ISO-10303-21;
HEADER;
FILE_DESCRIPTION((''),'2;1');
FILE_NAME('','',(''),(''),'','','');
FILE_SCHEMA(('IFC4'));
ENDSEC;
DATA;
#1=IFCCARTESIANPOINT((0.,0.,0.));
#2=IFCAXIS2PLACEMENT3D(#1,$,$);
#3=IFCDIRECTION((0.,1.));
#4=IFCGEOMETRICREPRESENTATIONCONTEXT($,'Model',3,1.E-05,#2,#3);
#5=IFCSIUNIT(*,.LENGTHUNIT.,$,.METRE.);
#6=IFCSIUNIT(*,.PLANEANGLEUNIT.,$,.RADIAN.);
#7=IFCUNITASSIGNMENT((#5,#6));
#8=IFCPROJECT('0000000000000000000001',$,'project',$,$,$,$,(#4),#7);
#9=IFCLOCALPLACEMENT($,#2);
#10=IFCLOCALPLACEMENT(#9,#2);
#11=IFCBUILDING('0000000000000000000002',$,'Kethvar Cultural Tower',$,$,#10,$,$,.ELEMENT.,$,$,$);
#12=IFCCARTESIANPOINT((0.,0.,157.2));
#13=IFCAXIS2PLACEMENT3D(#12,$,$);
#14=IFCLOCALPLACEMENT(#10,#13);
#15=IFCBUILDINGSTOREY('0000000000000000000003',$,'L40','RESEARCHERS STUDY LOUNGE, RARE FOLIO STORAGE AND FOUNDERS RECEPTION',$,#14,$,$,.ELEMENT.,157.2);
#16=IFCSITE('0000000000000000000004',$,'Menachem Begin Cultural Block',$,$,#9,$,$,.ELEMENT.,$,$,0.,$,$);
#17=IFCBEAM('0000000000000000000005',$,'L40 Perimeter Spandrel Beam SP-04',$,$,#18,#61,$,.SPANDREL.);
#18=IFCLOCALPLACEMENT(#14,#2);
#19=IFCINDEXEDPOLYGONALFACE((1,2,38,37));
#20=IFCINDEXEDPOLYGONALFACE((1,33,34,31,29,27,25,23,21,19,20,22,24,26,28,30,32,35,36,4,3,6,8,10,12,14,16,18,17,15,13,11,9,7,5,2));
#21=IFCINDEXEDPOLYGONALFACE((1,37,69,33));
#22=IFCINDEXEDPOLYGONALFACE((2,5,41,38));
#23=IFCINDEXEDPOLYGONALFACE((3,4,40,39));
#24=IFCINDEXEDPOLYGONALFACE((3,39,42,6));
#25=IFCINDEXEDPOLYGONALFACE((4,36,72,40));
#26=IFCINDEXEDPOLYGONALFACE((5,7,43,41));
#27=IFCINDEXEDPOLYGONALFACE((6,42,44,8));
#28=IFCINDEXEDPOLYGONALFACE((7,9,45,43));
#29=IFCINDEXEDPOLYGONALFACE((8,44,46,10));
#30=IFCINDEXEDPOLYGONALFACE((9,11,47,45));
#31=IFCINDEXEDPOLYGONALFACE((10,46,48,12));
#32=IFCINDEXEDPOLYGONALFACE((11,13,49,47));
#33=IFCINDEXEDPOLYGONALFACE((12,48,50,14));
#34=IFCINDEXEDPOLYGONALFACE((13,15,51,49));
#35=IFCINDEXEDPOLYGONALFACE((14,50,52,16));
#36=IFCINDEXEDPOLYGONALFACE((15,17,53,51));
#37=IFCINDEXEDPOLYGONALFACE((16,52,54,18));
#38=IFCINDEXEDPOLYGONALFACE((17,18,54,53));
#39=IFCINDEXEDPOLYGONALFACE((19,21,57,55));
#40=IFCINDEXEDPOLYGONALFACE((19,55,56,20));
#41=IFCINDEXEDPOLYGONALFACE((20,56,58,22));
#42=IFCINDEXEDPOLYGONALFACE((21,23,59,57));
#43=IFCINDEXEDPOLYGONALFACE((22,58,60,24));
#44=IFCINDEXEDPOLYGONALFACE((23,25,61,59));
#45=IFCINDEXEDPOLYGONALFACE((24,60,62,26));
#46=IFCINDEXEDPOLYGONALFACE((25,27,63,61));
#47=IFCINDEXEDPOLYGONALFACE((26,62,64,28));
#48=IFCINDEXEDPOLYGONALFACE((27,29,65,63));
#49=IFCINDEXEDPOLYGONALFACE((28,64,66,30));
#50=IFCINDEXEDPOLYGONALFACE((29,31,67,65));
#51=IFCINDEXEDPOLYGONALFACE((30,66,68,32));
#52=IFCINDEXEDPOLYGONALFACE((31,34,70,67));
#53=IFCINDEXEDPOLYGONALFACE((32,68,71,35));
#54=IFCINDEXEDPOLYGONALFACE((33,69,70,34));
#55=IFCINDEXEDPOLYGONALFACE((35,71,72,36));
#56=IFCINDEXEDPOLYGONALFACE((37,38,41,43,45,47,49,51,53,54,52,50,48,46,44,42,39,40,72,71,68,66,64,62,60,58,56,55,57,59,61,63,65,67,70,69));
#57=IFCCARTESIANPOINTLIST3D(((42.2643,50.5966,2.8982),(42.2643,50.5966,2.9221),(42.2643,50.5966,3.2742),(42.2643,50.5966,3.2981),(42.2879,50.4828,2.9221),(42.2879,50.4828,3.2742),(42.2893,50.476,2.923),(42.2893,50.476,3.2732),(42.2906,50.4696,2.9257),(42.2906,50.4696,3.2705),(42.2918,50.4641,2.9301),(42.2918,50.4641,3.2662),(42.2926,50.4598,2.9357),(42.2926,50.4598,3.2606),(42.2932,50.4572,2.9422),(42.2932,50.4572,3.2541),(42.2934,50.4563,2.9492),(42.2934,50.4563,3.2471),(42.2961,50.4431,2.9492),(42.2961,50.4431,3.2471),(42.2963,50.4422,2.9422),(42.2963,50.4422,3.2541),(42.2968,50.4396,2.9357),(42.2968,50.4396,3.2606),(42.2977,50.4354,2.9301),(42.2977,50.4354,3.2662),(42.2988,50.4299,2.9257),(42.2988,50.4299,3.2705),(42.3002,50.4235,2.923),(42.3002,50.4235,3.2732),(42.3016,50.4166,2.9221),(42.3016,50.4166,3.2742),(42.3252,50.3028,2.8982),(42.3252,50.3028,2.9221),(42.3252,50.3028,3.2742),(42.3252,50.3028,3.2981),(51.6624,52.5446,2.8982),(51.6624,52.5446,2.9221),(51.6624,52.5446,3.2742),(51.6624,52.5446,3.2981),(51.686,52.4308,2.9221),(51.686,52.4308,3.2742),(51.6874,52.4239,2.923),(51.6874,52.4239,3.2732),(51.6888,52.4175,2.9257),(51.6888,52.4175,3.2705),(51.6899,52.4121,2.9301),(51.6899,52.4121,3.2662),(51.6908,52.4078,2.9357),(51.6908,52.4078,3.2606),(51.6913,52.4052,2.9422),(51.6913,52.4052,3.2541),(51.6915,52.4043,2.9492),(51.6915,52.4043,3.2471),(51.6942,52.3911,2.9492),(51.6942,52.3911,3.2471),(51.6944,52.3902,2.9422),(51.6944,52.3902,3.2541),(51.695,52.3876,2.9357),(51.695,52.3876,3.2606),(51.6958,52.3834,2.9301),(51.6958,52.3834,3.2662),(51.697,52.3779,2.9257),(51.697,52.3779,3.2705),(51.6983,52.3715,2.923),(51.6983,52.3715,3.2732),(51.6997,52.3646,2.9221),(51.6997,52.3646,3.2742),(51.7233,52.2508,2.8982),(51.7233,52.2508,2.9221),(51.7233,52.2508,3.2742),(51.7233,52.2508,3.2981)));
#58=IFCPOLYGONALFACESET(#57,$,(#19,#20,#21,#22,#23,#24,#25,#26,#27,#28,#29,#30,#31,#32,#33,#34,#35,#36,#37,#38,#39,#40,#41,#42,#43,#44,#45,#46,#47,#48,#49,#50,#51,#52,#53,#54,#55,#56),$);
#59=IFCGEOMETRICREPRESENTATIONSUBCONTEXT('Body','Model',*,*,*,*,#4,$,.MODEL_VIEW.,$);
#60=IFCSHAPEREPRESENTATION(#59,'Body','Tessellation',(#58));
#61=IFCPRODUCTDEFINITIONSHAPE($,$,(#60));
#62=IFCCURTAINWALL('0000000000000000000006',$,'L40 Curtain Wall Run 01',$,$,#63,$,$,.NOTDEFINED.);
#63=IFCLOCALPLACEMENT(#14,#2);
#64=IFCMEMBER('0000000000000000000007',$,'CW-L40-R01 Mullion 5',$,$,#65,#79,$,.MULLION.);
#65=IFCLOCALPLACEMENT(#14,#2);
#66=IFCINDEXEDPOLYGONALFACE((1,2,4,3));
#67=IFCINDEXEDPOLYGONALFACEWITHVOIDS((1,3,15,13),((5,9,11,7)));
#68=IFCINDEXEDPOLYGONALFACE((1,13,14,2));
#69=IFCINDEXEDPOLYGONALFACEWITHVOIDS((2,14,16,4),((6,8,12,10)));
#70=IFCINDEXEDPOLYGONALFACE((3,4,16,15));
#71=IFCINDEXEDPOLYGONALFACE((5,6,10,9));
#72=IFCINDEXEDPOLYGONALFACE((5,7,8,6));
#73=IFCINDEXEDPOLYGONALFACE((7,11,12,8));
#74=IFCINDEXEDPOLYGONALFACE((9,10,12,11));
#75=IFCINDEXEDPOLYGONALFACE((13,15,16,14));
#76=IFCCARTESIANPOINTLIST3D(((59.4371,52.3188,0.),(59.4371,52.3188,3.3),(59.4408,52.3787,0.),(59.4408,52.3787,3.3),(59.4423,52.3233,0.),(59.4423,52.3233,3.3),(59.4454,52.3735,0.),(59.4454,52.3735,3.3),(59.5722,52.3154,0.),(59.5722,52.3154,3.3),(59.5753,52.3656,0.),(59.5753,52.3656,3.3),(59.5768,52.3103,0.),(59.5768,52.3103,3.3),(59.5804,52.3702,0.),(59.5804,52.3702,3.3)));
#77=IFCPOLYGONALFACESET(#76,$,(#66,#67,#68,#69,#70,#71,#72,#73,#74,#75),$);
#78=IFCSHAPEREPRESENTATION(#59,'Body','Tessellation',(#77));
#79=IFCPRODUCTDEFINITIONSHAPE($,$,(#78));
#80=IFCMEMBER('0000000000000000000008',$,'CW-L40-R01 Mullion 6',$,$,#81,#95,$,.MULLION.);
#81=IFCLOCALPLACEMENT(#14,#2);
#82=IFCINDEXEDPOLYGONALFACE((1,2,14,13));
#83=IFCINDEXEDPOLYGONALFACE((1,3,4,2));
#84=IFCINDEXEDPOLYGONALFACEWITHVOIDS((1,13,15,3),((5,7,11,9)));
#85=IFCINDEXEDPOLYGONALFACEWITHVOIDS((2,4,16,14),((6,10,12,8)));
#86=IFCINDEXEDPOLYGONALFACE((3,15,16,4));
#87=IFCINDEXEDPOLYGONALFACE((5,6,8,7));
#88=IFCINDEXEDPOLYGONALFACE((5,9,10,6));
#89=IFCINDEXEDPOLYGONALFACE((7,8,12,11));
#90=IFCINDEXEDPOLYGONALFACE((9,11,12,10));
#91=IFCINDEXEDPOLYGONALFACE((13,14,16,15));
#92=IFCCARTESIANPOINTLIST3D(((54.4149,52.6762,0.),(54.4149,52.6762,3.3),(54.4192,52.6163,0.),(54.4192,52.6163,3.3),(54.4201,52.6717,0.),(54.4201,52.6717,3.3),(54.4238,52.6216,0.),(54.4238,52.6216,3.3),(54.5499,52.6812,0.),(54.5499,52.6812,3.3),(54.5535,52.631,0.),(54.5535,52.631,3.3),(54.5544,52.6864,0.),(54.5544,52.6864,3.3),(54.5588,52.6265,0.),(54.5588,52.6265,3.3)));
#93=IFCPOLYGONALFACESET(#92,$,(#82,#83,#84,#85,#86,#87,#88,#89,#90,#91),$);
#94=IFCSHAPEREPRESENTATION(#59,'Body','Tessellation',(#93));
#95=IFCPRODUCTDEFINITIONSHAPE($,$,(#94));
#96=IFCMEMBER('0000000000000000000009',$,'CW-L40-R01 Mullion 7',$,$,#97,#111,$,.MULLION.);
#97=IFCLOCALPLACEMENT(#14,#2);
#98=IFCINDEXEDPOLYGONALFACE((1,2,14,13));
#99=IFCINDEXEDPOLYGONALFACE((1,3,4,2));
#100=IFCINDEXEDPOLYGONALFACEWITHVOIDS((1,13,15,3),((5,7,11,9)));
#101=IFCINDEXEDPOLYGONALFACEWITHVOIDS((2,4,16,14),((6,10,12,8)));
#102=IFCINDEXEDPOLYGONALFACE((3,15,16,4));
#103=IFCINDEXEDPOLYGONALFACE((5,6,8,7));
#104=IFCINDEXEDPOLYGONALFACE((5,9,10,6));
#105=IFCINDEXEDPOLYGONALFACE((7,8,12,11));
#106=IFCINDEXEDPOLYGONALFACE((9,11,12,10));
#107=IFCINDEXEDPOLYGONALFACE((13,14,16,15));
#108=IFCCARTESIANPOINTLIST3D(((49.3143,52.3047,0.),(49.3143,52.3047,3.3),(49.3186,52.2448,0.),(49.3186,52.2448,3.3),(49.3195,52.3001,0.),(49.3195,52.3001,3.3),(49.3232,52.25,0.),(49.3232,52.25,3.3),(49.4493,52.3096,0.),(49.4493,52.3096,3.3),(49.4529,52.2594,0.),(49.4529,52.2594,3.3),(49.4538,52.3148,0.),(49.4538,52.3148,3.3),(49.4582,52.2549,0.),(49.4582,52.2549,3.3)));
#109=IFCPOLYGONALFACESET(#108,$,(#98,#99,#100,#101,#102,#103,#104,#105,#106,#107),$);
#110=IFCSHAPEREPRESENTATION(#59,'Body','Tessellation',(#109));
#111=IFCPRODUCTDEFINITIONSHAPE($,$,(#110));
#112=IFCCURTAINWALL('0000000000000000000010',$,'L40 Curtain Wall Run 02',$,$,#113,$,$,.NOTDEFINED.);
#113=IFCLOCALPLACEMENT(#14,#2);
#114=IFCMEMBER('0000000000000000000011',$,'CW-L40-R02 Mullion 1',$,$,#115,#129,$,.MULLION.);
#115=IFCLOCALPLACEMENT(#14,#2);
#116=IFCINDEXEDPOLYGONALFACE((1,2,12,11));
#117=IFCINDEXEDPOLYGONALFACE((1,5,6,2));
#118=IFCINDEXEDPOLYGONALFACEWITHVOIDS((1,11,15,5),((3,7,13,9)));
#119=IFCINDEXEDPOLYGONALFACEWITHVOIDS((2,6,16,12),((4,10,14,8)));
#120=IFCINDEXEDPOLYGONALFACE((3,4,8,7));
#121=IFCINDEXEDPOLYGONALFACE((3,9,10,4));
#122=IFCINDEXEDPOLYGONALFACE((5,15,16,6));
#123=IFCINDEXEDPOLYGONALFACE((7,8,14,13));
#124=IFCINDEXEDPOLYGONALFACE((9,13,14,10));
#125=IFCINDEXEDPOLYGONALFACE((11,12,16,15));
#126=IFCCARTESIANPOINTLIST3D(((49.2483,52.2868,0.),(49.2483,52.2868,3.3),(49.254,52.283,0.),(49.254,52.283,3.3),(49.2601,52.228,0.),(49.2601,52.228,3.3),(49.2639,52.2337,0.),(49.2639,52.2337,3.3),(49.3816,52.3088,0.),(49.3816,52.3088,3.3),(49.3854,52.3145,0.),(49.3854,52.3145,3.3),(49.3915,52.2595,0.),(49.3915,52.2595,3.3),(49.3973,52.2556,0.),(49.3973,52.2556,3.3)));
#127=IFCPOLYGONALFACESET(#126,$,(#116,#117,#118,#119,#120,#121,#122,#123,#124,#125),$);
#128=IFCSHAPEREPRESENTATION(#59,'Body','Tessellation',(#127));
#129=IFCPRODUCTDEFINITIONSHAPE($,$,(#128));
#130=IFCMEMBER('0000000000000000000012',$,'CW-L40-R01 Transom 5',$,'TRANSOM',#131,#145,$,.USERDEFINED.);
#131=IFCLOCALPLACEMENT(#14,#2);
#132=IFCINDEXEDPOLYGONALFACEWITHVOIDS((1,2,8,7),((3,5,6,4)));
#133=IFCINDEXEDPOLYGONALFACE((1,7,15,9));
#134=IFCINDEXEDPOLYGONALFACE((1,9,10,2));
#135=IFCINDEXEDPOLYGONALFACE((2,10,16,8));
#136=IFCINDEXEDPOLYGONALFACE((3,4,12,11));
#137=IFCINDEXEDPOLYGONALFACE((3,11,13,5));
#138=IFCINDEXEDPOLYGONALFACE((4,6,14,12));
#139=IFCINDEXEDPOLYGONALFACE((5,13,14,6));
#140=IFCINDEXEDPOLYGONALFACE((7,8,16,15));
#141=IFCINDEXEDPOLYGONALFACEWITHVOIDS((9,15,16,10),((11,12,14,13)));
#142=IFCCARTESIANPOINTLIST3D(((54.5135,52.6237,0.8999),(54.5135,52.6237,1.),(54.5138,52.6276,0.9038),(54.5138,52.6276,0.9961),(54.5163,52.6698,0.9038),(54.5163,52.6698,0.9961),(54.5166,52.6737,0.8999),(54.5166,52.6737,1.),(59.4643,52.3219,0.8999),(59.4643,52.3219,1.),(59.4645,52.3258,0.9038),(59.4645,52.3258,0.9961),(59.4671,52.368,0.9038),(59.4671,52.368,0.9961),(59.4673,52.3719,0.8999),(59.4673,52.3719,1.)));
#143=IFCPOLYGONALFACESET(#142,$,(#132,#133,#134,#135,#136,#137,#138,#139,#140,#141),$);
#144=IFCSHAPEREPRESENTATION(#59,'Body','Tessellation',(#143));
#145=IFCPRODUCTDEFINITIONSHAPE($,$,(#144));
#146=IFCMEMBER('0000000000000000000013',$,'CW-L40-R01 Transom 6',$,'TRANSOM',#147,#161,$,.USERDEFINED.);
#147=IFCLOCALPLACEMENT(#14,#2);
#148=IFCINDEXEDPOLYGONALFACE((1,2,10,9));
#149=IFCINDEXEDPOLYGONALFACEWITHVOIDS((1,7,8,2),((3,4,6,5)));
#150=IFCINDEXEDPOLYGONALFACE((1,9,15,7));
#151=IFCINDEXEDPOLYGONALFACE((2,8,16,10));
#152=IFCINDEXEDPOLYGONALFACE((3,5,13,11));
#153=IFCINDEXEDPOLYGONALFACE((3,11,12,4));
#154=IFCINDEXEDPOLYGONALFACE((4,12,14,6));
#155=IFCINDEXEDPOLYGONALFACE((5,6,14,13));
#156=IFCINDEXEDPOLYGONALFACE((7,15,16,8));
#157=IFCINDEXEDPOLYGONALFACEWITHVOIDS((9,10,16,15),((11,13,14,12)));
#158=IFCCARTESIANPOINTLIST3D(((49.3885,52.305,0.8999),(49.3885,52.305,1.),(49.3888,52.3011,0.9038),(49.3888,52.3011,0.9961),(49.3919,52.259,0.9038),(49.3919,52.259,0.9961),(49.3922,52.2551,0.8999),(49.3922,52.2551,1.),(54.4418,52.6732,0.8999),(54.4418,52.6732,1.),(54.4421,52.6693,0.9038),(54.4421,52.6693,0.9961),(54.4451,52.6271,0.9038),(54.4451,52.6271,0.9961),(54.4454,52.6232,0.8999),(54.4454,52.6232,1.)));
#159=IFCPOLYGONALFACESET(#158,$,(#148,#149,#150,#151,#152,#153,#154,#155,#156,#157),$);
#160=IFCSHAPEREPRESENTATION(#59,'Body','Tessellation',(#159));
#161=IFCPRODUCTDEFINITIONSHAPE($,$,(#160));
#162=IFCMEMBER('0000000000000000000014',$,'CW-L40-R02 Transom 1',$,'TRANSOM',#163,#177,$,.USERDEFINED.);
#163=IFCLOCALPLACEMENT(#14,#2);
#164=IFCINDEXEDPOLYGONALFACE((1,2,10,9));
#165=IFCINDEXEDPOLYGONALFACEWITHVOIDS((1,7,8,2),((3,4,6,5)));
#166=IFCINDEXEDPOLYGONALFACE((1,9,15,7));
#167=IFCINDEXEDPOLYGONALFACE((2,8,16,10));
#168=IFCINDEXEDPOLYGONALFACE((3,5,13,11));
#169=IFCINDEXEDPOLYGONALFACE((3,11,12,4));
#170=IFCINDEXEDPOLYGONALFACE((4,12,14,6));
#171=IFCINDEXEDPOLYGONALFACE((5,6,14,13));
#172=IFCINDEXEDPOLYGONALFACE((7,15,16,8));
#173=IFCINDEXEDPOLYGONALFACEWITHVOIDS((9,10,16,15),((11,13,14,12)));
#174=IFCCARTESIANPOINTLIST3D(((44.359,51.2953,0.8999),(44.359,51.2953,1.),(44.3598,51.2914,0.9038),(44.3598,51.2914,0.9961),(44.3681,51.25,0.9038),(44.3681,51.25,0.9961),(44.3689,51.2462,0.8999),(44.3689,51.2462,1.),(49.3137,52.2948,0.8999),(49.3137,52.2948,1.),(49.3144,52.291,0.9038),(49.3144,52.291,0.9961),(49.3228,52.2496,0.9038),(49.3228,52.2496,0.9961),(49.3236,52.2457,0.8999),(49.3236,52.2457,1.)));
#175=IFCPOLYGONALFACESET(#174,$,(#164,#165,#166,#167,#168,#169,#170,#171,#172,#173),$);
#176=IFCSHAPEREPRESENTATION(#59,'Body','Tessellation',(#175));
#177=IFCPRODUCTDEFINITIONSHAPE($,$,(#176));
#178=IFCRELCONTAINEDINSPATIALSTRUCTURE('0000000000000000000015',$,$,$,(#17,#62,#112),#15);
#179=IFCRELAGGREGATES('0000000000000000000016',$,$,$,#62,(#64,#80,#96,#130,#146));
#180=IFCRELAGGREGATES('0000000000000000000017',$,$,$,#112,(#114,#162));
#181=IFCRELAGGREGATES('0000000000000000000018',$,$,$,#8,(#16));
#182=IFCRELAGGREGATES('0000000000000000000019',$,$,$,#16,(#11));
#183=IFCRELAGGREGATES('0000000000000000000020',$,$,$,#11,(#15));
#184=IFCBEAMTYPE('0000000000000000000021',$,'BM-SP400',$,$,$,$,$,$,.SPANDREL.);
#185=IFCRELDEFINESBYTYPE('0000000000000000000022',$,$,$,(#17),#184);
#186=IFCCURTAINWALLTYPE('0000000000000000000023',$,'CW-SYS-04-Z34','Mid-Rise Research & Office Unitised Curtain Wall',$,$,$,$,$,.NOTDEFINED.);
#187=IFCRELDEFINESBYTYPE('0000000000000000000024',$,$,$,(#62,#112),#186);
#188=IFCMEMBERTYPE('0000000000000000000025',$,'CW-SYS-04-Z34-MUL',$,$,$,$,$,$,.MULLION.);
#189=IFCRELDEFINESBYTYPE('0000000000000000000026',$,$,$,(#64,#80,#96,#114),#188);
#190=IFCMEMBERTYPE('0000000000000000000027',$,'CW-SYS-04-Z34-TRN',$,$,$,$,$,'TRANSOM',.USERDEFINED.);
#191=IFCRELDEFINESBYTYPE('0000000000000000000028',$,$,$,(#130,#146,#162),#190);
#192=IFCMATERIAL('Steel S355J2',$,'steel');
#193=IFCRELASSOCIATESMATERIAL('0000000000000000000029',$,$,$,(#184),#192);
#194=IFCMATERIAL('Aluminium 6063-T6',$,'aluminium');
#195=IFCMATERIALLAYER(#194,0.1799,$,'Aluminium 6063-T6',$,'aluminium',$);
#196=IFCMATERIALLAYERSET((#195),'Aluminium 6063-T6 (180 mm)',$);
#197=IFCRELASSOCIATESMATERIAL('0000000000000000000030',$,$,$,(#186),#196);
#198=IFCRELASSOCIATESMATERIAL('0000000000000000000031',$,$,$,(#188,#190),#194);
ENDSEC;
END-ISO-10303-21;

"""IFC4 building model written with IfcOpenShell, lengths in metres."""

from ifc_helpers import new_model, si_unit, direction, frame, origin, origin_2d, place, context, subcontext, project, spatial, hollow_rectangle, i_section, extrude, source, transform, mapped, material, layer, layer_set, material_profile, profile_set, type_object, element, aggregate, save


model = new_model("IFC4")

# Units and contexts
model_context = context("Model", 3, precision=1e-05, world=origin(), true_north=direction((0.0, 1.0)))
body_context = subcontext(model_context, "Body", "Model", "MODEL_VIEW")
ifc_project = project(units=[si_unit("LENGTHUNIT", "METRE"), si_unit("PLANEANGLEUNIT", "RADIAN")], contexts=[model_context])

# Site, building, storey
site_placement = place(None, origin())
site = spatial("IfcSite", under=ifc_project, at=site_placement, Name="Menachem Begin Cultural Block", CompositionType="ELEMENT", RefElevation=0.0)
building_placement = place(site_placement, origin())
building = spatial("IfcBuilding", under=site, at=building_placement, Name="Kethvar Cultural Tower", CompositionType="ELEMENT")
storey_placement = place(building_placement, frame((0.0, 0.0, 157.2)))
storey = spatial("IfcBuildingStorey", under=building, at=storey_placement, Name="L40", Description="RESEARCHERS STUDY LOUNGE, RARE FOLIO STORAGE AND FOUNDERS RECEPTION", CompositionType="ELEMENT", Elevation=157.2)

# Beam
ifc_material_1 = material(Name="Steel S355J2", Category="steel")
ifc_material_profile_1 = material_profile(ifc_material_1, i_section(OverallWidth=0.3, OverallDepth=0.3999, WebThickness=0.0134, FlangeThickness=0.0239, FilletRadius=0.0271, at=origin_2d()), Name="Steel S355J2 — HEB400")
ifc_profile_set_1 = profile_set([ifc_material_profile_1], Name="Steel S355J2 — HEB400")
beam_type_1 = type_object("IfcBeamType", Name="BM-SP400", PredefinedType="SPANDREL", material=ifc_profile_set_1)
shared_shape_1 = source(origin(), body_context, "Body", "SweptSolid", [
    extrude(i_section(OverallWidth=0.3, OverallDepth=0.3999, WebThickness=0.0134, FlangeThickness=0.0239, FilletRadius=0.0271, at=origin_2d()), origin(), (0.0, 0.0, 1.0), 9.5979),
])
beam_1_placement = place(storey_placement, frame((51.6929, 52.3977, 3.0981), z_axis=(-0.979187, -0.20296, 0.0), x_axis=(0.20296, -0.979187, 0.0)))
element("IfcBeam", 1, at=beam_1_placement, inside=storey, type_object=beam_type_1, Name="L40 Perimeter Spandrel Beam SP-04", PredefinedType="SPANDREL", context=body_context, shape_type="MappedRepresentation", body=[
    mapped(shared_shape_1, transform((0.0, 0.0, 0.0), scale=1.0)),
])

# Curtain wall, members
ifc_material_2 = material(Name="Aluminium 6063-T6", Category="aluminium")
ifc_layer_1 = layer(ifc_material_2, 0.1799, Name="Aluminium 6063-T6", Category="aluminium")
ifc_layer_set_1 = layer_set([ifc_layer_1], Name="Aluminium 6063-T6 (180 mm)")
curtain_wall_type = type_object("IfcCurtainWallType", Name="CW-SYS-04-Z34", Description="Mid-Rise Research & Office Unitised Curtain Wall", PredefinedType="NOTDEFINED", material=ifc_layer_set_1)
curtain_wall_1_placement = place(storey_placement, origin())
curtain_wall_1 = element("IfcCurtainWall", 2, at=curtain_wall_1_placement, inside=storey, type_object=curtain_wall_type, Name="L40 Curtain Wall Run 01", PredefinedType="NOTDEFINED")
ifc_material_profile_2 = material_profile(ifc_material_2, hollow_rectangle(XDim=0.0601, YDim=0.1399, WallThickness=0.0049, at=origin_2d()), Name="Aluminium 6063-T6 — RHS140x60x5")
ifc_profile_set_2 = profile_set([ifc_material_profile_2], Name="Aluminium 6063-T6 — RHS140x60x5")
member_type_1 = type_object("IfcMemberType", Name="CW-SYS-04-Z34-MUL", PredefinedType="MULLION", material=ifc_profile_set_2)
shared_shape_2 = source(origin(), body_context, "Body", "SweptSolid", [
    extrude(hollow_rectangle(XDim=0.0601, YDim=0.1399, WallThickness=0.0049, at=origin_2d()), origin(), (0.0, 0.0, 1.0), 3.3),
])
member_1_placement = place(storey_placement, frame((59.5088, 52.3445, 0.0), z_axis=(0.0, 0.0, 1.0), x_axis=(-0.060805, -0.99815, 0.0)))
member_1 = element("IfcMember", 3, at=member_1_placement, type_object=member_type_1, Name="CW-L40-R01 Mullion 5", PredefinedType="MULLION", context=body_context, shape_type="MappedRepresentation", body=[
    mapped(shared_shape_2, transform((0.0, 0.0, 0.0), scale=1.0)),
])
member_2_placement = place(storey_placement, frame((54.4868, 52.6514, 0.0), z_axis=(0.0, 0.0, 1.0), x_axis=(0.072629, -0.997359, 0.0)))
member_2 = element("IfcMember", 4, at=member_2_placement, type_object=member_type_1, Name="CW-L40-R01 Mullion 6", PredefinedType="MULLION", context=body_context, shape_type="MappedRepresentation", body=[
    mapped(shared_shape_2, transform((0.0, 0.0, 0.0), scale=1.0)),
])
member_3_placement = place(storey_placement, frame((49.3862, 52.2798, 0.0), z_axis=(0.0, 0.0, 1.0), x_axis=(0.072629, -0.997359, 0.0)))
member_3 = element("IfcMember", 5, at=member_3_placement, type_object=member_type_1, Name="CW-L40-R01 Mullion 7", PredefinedType="MULLION", context=body_context, shape_type="MappedRepresentation", body=[
    mapped(shared_shape_2, transform((0.0, 0.0, 0.0), scale=1.0)),
])

# Curtain wall, member
curtain_wall_2_placement = place(storey_placement, origin())
curtain_wall_2 = element("IfcCurtainWall", 6, at=curtain_wall_2_placement, inside=storey, type_object=curtain_wall_type, Name="L40 Curtain Wall Run 02", PredefinedType="NOTDEFINED")
member_4_placement = place(storey_placement, frame((49.3228, 52.2712, 0.0), z_axis=(0.0, 0.0, 1.0), x_axis=(0.197743, -0.980254, 0.0)))
member_4 = element("IfcMember", 7, at=member_4_placement, type_object=member_type_1, Name="CW-L40-R02 Mullion 1", PredefinedType="MULLION", context=body_context, shape_type="MappedRepresentation", body=[
    mapped(shared_shape_2, transform((0.0, 0.0, 0.0), scale=1.0)),
])

# Members
ifc_material_profile_3 = material_profile(ifc_material_2, hollow_rectangle(XDim=0.05, YDim=0.1001, WallThickness=0.0039, at=origin_2d()), Name="Aluminium 6063-T6 — RHS100x50x4")
ifc_profile_set_3 = profile_set([ifc_material_profile_3], Name="Aluminium 6063-T6 — RHS100x50x4")
member_type_2 = type_object("IfcMemberType", Name="CW-SYS-04-Z34-TRN", ElementType="TRANSOM", PredefinedType="USERDEFINED", material=ifc_profile_set_3)
shared_shape_3 = source(origin(), body_context, "Body", "SweptSolid", [
    extrude(hollow_rectangle(XDim=0.05, YDim=0.1001, WallThickness=0.0039, at=origin_2d()), origin(), (0.0, 0.0, 1.0), 4.96),
])
member_5_placement = place(storey_placement, frame((59.4658, 52.3469, 0.95), z_axis=(-0.998148, 0.06084, 0.0), x_axis=(-0.06084, -0.998148, 0.0)))
member_5 = element("IfcMember", 8, at=member_5_placement, type_object=member_type_2, Name="CW-L40-R01 Transom 5", ObjectType="TRANSOM", PredefinedType="USERDEFINED", context=body_context, shape_type="MappedRepresentation", body=[
    mapped(shared_shape_3, transform((0.0, 0.0, 0.0), scale=1.0)),
])
shared_shape_4 = source(origin(), body_context, "Body", "SweptSolid", [
    extrude(hollow_rectangle(XDim=0.05, YDim=0.1001, WallThickness=0.0039, at=origin_2d()), origin(), (0.0, 0.0, 1.0), 5.0667),
])
member_6_placement = place(storey_placement, frame((54.4436, 52.6482, 0.95), z_axis=(-0.997356, -0.072665, 0.0), x_axis=(0.072665, -0.997356, 0.0)))
member_6 = element("IfcMember", 9, at=member_6_placement, type_object=member_type_2, Name="CW-L40-R01 Transom 6", ObjectType="TRANSOM", PredefinedType="USERDEFINED", context=body_context, shape_type="MappedRepresentation", body=[
    mapped(shared_shape_4, transform((0.0, 0.0, 0.0), scale=1.0)),
])
shared_shape_5 = source(origin(), body_context, "Body", "SweptSolid", [
    extrude(hollow_rectangle(XDim=0.05, YDim=0.1001, WallThickness=0.0039, at=origin_2d()), origin(), (0.0, 0.0, 1.0), 5.0544),
])
member_7_placement = place(storey_placement, frame((49.3186, 52.2703, 0.95), z_axis=(-0.980252, -0.197751, 0.0), x_axis=(0.197751, -0.980252, 0.0)))
member_7 = element("IfcMember", 10, at=member_7_placement, type_object=member_type_2, Name="CW-L40-R02 Transom 1", ObjectType="TRANSOM", PredefinedType="USERDEFINED", context=body_context, shape_type="MappedRepresentation", body=[
    mapped(shared_shape_5, transform((0.0, 0.0, 0.0), scale=1.0)),
])

aggregate(curtain_wall_1, [member_1, member_2, member_3, member_5, member_6])
aggregate(curtain_wall_2, [member_4, member_7])

save(model, "model.ifc")
